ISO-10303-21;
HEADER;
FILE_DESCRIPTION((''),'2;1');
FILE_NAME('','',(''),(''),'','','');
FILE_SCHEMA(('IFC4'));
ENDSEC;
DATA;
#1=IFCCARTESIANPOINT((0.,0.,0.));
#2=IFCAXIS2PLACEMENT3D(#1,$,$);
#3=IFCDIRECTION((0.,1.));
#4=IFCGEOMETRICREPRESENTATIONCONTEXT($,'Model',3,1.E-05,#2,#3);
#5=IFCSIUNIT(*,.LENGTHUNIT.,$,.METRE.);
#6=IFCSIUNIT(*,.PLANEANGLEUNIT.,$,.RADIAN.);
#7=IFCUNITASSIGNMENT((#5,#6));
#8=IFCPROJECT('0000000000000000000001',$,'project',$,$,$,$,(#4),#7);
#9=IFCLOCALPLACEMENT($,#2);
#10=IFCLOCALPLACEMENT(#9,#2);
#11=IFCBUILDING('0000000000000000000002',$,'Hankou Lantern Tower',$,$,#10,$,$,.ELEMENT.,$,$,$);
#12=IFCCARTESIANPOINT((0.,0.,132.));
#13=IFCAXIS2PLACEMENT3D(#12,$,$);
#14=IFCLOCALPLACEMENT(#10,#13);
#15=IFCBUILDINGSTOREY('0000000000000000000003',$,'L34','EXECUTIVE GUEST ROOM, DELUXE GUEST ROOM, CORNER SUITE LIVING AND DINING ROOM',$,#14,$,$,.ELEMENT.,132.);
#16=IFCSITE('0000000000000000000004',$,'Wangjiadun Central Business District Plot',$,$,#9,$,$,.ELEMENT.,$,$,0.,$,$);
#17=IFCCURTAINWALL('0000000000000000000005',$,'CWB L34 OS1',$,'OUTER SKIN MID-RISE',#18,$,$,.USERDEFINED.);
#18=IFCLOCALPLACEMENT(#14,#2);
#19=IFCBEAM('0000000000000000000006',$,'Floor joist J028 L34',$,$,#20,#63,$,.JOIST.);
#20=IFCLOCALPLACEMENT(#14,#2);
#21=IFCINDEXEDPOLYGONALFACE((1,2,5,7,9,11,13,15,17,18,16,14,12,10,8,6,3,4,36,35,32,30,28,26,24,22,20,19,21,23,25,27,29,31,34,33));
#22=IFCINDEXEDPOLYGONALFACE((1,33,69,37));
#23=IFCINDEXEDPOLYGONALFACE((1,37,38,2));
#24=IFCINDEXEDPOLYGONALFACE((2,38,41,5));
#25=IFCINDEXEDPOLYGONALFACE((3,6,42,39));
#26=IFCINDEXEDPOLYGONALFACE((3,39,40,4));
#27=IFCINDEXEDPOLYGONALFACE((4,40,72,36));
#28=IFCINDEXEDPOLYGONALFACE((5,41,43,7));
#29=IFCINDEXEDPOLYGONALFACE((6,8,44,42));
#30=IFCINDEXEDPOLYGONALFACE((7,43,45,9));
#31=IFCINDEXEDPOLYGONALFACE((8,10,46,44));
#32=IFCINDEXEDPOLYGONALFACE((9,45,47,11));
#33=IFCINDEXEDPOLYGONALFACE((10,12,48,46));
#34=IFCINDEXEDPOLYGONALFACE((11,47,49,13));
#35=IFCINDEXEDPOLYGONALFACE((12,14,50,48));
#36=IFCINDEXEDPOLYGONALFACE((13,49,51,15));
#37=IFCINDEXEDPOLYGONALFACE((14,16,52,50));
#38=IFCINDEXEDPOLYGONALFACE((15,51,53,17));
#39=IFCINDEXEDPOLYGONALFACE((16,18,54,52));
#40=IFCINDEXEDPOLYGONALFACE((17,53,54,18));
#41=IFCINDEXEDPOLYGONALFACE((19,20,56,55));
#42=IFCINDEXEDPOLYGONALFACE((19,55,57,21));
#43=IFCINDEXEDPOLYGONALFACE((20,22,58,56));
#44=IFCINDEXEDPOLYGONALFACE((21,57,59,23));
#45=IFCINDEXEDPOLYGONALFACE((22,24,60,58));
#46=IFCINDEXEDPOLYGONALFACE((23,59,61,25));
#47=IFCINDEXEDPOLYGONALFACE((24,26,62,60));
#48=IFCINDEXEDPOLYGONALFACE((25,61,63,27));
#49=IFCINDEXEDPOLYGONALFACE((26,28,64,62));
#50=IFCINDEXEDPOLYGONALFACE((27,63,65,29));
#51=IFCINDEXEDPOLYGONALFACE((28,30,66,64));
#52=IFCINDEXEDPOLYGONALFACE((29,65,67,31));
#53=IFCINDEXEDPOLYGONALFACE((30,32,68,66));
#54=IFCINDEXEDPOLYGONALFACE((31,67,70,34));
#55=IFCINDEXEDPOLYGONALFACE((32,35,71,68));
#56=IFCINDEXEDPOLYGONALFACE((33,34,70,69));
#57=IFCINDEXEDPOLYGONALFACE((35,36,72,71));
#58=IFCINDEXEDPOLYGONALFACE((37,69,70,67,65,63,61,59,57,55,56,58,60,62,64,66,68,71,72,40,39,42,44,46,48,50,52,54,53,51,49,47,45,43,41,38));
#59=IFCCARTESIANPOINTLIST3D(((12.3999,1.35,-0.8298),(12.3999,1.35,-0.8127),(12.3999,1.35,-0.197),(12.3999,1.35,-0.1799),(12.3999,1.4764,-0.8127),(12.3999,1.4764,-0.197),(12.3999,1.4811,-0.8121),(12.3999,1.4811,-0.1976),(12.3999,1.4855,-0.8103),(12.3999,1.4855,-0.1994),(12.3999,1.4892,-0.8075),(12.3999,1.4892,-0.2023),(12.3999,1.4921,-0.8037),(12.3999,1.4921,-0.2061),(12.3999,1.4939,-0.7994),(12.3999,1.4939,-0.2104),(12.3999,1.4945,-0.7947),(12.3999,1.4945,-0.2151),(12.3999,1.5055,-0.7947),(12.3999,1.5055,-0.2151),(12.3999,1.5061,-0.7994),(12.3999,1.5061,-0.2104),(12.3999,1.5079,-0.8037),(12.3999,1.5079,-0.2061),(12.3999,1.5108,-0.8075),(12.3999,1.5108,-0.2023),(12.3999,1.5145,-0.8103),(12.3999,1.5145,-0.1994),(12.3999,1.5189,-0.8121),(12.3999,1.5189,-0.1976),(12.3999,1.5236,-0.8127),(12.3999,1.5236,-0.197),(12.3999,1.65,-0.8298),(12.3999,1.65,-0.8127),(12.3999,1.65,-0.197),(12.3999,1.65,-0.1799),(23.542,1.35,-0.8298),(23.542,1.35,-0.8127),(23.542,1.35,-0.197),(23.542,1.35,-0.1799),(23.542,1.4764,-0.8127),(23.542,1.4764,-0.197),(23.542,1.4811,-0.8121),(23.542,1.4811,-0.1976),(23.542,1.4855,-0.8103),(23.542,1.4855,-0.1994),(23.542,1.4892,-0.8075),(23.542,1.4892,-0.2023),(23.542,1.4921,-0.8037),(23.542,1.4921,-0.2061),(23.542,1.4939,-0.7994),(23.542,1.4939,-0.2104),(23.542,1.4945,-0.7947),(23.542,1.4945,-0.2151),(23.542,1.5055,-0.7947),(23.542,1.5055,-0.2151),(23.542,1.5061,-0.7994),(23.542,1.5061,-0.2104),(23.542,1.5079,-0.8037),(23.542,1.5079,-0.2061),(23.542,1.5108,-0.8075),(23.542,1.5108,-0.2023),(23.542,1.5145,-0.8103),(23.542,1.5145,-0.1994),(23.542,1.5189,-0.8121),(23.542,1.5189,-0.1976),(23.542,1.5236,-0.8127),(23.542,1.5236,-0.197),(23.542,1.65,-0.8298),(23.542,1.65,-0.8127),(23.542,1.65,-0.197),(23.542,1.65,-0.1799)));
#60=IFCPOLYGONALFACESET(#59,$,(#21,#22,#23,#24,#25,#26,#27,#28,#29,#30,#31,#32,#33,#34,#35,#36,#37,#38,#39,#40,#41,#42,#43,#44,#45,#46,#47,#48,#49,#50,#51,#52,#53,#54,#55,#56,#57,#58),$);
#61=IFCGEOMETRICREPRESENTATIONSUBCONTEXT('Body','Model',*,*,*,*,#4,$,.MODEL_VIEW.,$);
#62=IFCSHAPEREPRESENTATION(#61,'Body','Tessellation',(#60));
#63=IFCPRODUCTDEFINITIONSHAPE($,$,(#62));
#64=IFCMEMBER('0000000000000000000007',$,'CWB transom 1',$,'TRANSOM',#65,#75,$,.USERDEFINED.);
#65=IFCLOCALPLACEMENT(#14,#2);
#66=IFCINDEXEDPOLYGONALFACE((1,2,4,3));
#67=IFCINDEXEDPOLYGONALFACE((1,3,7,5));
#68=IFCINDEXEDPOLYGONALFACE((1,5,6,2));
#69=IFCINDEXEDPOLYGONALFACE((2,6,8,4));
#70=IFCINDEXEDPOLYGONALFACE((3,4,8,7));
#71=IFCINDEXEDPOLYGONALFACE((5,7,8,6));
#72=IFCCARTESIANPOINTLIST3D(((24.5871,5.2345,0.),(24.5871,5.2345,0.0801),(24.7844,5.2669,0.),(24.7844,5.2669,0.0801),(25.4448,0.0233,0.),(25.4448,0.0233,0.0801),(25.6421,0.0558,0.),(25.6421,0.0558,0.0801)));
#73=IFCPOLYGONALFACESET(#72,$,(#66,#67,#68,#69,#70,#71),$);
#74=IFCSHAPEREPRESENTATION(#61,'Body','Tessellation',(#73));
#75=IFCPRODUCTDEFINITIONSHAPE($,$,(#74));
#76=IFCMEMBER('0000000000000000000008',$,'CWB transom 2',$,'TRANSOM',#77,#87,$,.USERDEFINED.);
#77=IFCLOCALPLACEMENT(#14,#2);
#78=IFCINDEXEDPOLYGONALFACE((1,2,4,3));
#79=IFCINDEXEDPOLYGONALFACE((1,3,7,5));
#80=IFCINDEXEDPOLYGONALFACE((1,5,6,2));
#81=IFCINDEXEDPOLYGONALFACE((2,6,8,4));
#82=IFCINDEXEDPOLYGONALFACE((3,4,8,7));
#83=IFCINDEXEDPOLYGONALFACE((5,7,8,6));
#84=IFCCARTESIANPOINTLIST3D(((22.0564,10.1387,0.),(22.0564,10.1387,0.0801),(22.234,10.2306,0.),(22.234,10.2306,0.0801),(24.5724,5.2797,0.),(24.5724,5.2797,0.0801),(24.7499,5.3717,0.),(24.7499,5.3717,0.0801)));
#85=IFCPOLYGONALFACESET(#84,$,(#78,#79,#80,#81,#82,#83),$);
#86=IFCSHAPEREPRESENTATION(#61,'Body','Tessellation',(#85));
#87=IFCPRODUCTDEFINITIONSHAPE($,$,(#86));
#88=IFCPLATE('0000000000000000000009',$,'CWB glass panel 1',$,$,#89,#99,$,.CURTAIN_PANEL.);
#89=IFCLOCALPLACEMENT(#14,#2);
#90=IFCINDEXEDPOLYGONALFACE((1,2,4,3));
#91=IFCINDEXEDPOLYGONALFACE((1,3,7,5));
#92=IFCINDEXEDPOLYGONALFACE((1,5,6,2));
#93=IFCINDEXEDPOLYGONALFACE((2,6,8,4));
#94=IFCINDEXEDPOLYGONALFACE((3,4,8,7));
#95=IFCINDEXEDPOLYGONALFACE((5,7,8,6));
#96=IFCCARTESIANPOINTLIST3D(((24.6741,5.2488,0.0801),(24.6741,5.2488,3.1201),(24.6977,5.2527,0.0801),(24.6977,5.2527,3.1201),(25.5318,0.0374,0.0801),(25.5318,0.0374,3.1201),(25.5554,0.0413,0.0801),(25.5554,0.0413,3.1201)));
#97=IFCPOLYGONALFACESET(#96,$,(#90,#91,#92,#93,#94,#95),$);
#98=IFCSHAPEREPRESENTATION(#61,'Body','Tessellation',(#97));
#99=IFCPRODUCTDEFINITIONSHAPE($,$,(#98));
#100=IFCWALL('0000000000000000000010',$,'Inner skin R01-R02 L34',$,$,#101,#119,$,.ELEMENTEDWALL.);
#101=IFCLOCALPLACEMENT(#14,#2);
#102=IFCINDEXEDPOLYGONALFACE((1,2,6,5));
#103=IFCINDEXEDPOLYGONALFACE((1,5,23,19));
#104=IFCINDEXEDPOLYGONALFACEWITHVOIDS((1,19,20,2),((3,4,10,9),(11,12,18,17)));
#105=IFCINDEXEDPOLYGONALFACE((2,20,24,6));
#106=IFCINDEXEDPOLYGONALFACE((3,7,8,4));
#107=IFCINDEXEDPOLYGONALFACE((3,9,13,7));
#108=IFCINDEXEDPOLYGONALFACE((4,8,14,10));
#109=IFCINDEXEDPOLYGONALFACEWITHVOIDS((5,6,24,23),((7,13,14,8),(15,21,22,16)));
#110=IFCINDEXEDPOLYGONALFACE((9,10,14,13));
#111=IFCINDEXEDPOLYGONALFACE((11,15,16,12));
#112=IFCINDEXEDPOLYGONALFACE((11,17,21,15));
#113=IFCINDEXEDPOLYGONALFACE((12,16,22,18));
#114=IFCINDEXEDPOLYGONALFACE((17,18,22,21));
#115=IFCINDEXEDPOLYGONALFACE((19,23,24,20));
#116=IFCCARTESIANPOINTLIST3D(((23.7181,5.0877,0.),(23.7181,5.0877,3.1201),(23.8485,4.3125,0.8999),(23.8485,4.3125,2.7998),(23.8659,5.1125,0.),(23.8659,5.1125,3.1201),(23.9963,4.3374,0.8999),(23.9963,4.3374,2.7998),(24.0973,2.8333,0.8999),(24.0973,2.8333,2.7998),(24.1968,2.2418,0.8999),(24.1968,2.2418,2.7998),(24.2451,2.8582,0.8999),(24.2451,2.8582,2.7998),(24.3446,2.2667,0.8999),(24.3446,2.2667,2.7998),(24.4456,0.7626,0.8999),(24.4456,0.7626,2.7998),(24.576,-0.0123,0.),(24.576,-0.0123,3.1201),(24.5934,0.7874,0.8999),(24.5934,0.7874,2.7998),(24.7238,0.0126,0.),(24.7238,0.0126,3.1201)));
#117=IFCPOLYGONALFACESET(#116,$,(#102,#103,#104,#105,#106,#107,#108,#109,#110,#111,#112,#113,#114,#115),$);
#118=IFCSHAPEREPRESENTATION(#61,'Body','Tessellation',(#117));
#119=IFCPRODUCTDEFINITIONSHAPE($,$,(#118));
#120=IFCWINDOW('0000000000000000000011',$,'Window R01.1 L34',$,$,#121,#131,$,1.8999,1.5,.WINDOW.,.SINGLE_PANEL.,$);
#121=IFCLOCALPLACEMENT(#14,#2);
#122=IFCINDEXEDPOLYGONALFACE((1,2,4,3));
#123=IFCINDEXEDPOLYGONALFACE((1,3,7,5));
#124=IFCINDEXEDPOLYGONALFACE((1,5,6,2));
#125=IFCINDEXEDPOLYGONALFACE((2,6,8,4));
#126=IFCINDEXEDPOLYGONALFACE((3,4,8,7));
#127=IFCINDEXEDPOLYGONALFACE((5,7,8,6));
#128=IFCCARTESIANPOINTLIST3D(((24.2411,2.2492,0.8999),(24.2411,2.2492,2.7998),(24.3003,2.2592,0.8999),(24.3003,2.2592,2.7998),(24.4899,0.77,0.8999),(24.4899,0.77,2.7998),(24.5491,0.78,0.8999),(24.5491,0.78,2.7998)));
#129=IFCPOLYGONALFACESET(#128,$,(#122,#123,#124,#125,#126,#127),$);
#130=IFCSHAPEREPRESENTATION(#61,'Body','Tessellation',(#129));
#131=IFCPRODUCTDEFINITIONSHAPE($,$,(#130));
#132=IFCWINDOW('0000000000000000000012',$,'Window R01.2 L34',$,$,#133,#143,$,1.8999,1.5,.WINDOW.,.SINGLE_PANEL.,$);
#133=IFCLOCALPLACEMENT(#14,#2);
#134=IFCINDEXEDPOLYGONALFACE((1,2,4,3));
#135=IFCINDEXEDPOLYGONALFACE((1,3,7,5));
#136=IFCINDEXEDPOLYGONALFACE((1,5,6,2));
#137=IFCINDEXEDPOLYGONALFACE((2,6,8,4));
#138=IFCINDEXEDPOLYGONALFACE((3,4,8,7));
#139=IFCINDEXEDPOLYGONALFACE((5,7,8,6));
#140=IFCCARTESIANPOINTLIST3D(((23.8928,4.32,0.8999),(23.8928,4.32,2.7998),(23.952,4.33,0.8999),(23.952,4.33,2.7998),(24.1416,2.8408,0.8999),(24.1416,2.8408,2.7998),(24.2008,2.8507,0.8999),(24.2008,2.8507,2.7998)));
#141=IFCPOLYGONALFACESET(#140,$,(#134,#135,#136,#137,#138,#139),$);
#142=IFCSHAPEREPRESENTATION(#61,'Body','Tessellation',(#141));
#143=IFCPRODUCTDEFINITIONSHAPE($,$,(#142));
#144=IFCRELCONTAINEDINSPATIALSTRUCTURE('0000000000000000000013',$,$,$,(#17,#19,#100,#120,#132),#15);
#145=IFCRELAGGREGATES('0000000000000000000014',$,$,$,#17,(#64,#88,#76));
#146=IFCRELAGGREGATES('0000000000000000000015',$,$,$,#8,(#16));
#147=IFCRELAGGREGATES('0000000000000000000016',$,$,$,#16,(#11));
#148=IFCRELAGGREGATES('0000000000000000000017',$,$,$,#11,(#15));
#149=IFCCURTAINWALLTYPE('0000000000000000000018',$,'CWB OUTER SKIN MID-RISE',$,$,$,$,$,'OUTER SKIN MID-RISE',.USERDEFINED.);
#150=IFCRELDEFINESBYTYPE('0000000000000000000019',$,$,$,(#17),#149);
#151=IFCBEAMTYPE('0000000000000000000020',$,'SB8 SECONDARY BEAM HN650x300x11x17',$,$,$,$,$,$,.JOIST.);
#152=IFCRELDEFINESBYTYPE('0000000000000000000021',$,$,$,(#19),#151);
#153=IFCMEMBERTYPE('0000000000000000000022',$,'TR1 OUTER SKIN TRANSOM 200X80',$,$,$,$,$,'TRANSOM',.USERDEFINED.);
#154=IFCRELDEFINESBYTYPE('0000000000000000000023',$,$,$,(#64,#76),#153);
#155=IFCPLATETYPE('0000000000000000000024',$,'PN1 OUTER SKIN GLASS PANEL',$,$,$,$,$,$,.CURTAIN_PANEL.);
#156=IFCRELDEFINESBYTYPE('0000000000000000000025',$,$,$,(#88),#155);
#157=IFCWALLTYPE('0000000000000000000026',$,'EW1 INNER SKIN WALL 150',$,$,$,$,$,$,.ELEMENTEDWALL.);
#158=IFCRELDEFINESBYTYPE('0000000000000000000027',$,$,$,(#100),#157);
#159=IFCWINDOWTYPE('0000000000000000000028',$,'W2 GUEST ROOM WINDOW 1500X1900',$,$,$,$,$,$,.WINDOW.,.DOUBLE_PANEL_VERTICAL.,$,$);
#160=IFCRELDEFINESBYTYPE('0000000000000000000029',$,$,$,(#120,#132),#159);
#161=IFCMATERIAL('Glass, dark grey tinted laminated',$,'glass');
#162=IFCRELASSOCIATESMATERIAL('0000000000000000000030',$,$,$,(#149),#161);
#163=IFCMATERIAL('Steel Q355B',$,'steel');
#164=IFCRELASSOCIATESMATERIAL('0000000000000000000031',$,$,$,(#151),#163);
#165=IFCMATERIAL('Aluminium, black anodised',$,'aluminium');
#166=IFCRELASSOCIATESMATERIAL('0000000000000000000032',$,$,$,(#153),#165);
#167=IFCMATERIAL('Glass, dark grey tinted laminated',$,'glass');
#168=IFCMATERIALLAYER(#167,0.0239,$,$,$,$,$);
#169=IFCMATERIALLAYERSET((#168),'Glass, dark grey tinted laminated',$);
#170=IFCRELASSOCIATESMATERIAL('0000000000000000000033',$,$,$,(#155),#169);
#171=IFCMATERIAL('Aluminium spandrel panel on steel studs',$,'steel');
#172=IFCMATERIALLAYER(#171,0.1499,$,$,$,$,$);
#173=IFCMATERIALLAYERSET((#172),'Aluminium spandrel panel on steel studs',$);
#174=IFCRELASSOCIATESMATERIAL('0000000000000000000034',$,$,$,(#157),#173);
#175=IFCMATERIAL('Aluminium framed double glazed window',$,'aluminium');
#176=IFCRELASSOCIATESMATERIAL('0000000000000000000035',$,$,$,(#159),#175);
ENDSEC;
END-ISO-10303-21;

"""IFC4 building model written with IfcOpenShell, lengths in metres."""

from ifc_helpers import new_model, si_unit, direction, frame, frame_2d, origin, origin_2d, place, context, subcontext, project, spatial, rectangle, i_section, extrude, material, layer, layer_set, material_profile, profile_set, type_object, element, fill, aggregate, save


model = new_model("IFC4")

# Units and contexts
model_context = context("Model", 3, precision=1e-05, world=origin(), true_north=direction((0.0, 1.0)))
body_context = subcontext(model_context, "Body", "Model", "MODEL_VIEW")
ifc_project = project(units=[si_unit("LENGTHUNIT", "METRE"), si_unit("PLANEANGLEUNIT", "RADIAN")], contexts=[model_context])

# Site, building, storey
site_placement = place(None, origin())
site = spatial("IfcSite", under=ifc_project, at=site_placement, Name="Wangjiadun Central Business District Plot", CompositionType="ELEMENT", RefElevation=0.0)
building_placement = place(site_placement, origin())
building = spatial("IfcBuilding", under=site, at=building_placement, Name="Hankou Lantern Tower", CompositionType="ELEMENT")
storey_placement = place(building_placement, frame((0.0, 0.0, 132.0)))
storey = spatial("IfcBuildingStorey", under=building, at=storey_placement, Name="L34", Description="EXECUTIVE GUEST ROOM, DELUXE GUEST ROOM, CORNER SUITE LIVING AND DINING ROOM", CompositionType="ELEMENT", Elevation=132.0)

# Curtain wall
ifc_material_1 = material(Name="Glass, dark grey tinted laminated", Category="glass")
curtain_wall_type = type_object("IfcCurtainWallType", Name="CWB OUTER SKIN MID-RISE", ElementType="OUTER SKIN MID-RISE", PredefinedType="USERDEFINED", material=ifc_material_1)
curtain_wall_placement = place(storey_placement, origin())
curtain_wall = element("IfcCurtainWall", 1, at=curtain_wall_placement, inside=storey, type_object=curtain_wall_type, Name="CWB L34 OS1", ObjectType="OUTER SKIN MID-RISE", PredefinedType="USERDEFINED")

# Beam
ifc_material_2 = material(Name="Steel Q355B", Category="steel")
ifc_material_profile_1 = material_profile(ifc_material_2, i_section(OverallWidth=0.3, OverallDepth=0.6499, WebThickness=0.011, FlangeThickness=0.0171, FilletRadius=0.0181, at=origin_2d()), Name="HN650x300x11x17")
ifc_profile_set_1 = profile_set([ifc_material_profile_1], Name="Steel Q355B")
beam_type_1 = type_object("IfcBeamType", Name="SB8 SECONDARY BEAM HN650x300x11x17", PredefinedType="JOIST", material=ifc_profile_set_1)
beam_1_placement = place(storey_placement, frame((12.3999, 1.5, -0.5049), z_axis=(1.0, 0.0, 0.0), x_axis=(0.0, 1.0, 0.0)))
element("IfcBeam", 2, at=beam_1_placement, inside=storey, type_object=beam_type_1, Name="Floor joist J028 L34", PredefinedType="JOIST", context=body_context, shape_type="SweptSolid", body=[
    extrude(i_section(OverallWidth=0.3, OverallDepth=0.6499, WebThickness=0.011, FlangeThickness=0.0171, FilletRadius=0.0181, at=origin_2d()), origin(), (0.0, 0.0, 1.0), 11.1421),
])

# Members
ifc_material_3 = material(Name="Aluminium, black anodised", Category="aluminium")
ifc_material_profile_2 = material_profile(ifc_material_3, rectangle(XDim=0.2, YDim=0.0801, at=origin_2d()), Name="TR1 200X80")
ifc_profile_set_2 = profile_set([ifc_material_profile_2], Name="Aluminium, black anodised")
member_type_1 = type_object("IfcMemberType", Name="TR1 OUTER SKIN TRANSOM 200X80", ElementType="TRANSOM", PredefinedType="USERDEFINED", material=ifc_profile_set_2)
member_1_placement = place(storey_placement, frame((25.5435, 0.0396, 0.04), z_axis=(-0.162397, 0.986725, 0.0), x_axis=(-0.986725, -0.162397, 0.0)))
member_1 = element("IfcMember", 3, at=member_1_placement, type_object=member_type_1, Name="CWB transom 1", ObjectType="TRANSOM", PredefinedType="USERDEFINED", context=body_context, shape_type="SweptSolid", body=[
    extrude(rectangle(XDim=0.2, YDim=0.0801, at=origin_2d()), origin(), (0.0, 0.0, 1.0), 5.2812),
])
member_2_placement = place(storey_placement, frame((24.6611, 5.3257, 0.04), z_axis=(-0.459805, 0.88802, 0.0), x_axis=(-0.88802, -0.459805, 0.0)))
member_2 = element("IfcMember", 4, at=member_2_placement, type_object=member_type_1, Name="CWB transom 2", ObjectType="TRANSOM", PredefinedType="USERDEFINED", context=body_context, shape_type="SweptSolid", body=[
    extrude(rectangle(XDim=0.2, YDim=0.0801, at=origin_2d()), origin(), (0.0, 0.0, 1.0), 5.4717),
])

# Plate
ifc_material_4 = material(Name="Glass, dark grey tinted laminated", Category="glass")
ifc_layer_1 = layer(ifc_material_4, 0.0239)
ifc_layer_set_1 = layer_set([ifc_layer_1], Name="Glass, dark grey tinted laminated")
plate_type = type_object("IfcPlateType", Name="PN1 OUTER SKIN GLASS PANEL", PredefinedType="CURTAIN_PANEL", material=ifc_layer_set_1)
plate_placement = place(storey_placement, frame((25.1147, 2.645, 0.0801), z_axis=(0.0, 0.0, 1.0), x_axis=(-0.162382, 0.986728, 0.0)))
plate = element("IfcPlate", 5, at=plate_placement, type_object=plate_type, Name="CWB glass panel 1", PredefinedType="CURTAIN_PANEL", context=body_context, shape_type="SweptSolid", body=[
    extrude(rectangle(XDim=5.2815, YDim=0.0239, at=origin_2d()), origin(), (0.0, 0.0, 1.0), 3.04),
])
aggregate(curtain_wall, [member_1, plate, member_2])

# Wall, openings, windows
ifc_material_5 = material(Name="Aluminium spandrel panel on steel studs", Category="steel")
ifc_layer_2 = layer(ifc_material_5, 0.1499)
ifc_layer_set_2 = layer_set([ifc_layer_2], Name="Aluminium spandrel panel on steel studs")
wall_type_1 = type_object("IfcWallType", Name="EW1 INNER SKIN WALL 150", PredefinedType="ELEMENTEDWALL", material=ifc_layer_set_2)
wall_1_placement = place(storey_placement, frame((24.6499, 0.0, 0.0), z_axis=(0.0, 0.0, 1.0), x_axis=(-0.165884, 0.986145, 0.0)))
wall_1 = element("IfcWall", 6, at=wall_1_placement, inside=storey, type_object=wall_type_1, Name="Inner skin R01-R02 L34", PredefinedType="ELEMENTEDWALL", context=body_context, shape_type="SweptSolid", body=[
    extrude(rectangle(XDim=5.1716, YDim=0.1499, at=frame_2d((2.5859, 0.0))), origin(), (0.0, 0.0, 1.0), 3.1201),
])
opening_1_placement = place(wall_1_placement, frame((0.7859, 0.0, 0.8999)))
opening_1 = element("IfcOpeningElement", 7, at=opening_1_placement, cuts=wall_1, PredefinedType="OPENING", context=body_context, shape_type="SweptSolid", body=[
    extrude(rectangle(XDim=1.5, YDim=1.8999, at=frame_2d((0.75, 0.95))), frame((0.0, 0.085, 0.0), z_axis=(0.0, -1.0, 0.0), x_axis=(1.0, 0.0, 0.0)), (0.0, 0.0, 1.0), 0.1699),
])
opening_2_placement = place(wall_1_placement, frame((2.8857, 0.0, 0.8999)))
opening_2 = element("IfcOpeningElement", 8, at=opening_2_placement, cuts=wall_1, PredefinedType="OPENING", context=body_context, shape_type="SweptSolid", body=[
    extrude(rectangle(XDim=1.5, YDim=1.8999, at=frame_2d((0.75, 0.95))), frame((0.0, 0.085, 0.0), z_axis=(0.0, -1.0, 0.0), x_axis=(1.0, 0.0, 0.0)), (0.0, 0.0, 1.0), 0.1699),
])
ifc_material_6 = material(Name="Aluminium framed double glazed window", Category="aluminium")
window_type = type_object("IfcWindowType", Name="W2 GUEST ROOM WINDOW 1500X1900", PartitioningType="DOUBLE_PANEL_VERTICAL", PredefinedType="WINDOW", material=ifc_material_6)
window_1_placement = place(opening_1_placement, origin())
window_1 = element("IfcWindow", 9, at=window_1_placement, inside=storey, type_object=window_type, Name="Window R01.1 L34", OverallHeight=1.8999, OverallWidth=1.5, PartitioningType="SINGLE_PANEL", PredefinedType="WINDOW", context=body_context, shape_type="SweptSolid", body=[
    extrude(rectangle(XDim=1.5, YDim=1.8999, at=frame_2d((0.75, 0.95))), frame((0.0, 0.03, 0.0), z_axis=(0.0, -1.0, 0.0), x_axis=(1.0, 0.0, 0.0)), (0.0, 0.0, 1.0), 0.0601),
])
fill(opening_1, window_1)
window_2_placement = place(opening_2_placement, origin())
window_2 = element("IfcWindow", 10, at=window_2_placement, inside=storey, type_object=window_type, Name="Window R01.2 L34", OverallHeight=1.8999, OverallWidth=1.5, PartitioningType="SINGLE_PANEL", PredefinedType="WINDOW", context=body_context, shape_type="SweptSolid", body=[
    extrude(rectangle(XDim=1.5, YDim=1.8999, at=frame_2d((0.75, 0.95))), frame((0.0, 0.03, 0.0), z_axis=(0.0, -1.0, 0.0), x_axis=(1.0, 0.0, 0.0)), (0.0, 0.0, 1.0), 0.0601),
])
fill(opening_2, window_2)

save(model, "model.ifc")
